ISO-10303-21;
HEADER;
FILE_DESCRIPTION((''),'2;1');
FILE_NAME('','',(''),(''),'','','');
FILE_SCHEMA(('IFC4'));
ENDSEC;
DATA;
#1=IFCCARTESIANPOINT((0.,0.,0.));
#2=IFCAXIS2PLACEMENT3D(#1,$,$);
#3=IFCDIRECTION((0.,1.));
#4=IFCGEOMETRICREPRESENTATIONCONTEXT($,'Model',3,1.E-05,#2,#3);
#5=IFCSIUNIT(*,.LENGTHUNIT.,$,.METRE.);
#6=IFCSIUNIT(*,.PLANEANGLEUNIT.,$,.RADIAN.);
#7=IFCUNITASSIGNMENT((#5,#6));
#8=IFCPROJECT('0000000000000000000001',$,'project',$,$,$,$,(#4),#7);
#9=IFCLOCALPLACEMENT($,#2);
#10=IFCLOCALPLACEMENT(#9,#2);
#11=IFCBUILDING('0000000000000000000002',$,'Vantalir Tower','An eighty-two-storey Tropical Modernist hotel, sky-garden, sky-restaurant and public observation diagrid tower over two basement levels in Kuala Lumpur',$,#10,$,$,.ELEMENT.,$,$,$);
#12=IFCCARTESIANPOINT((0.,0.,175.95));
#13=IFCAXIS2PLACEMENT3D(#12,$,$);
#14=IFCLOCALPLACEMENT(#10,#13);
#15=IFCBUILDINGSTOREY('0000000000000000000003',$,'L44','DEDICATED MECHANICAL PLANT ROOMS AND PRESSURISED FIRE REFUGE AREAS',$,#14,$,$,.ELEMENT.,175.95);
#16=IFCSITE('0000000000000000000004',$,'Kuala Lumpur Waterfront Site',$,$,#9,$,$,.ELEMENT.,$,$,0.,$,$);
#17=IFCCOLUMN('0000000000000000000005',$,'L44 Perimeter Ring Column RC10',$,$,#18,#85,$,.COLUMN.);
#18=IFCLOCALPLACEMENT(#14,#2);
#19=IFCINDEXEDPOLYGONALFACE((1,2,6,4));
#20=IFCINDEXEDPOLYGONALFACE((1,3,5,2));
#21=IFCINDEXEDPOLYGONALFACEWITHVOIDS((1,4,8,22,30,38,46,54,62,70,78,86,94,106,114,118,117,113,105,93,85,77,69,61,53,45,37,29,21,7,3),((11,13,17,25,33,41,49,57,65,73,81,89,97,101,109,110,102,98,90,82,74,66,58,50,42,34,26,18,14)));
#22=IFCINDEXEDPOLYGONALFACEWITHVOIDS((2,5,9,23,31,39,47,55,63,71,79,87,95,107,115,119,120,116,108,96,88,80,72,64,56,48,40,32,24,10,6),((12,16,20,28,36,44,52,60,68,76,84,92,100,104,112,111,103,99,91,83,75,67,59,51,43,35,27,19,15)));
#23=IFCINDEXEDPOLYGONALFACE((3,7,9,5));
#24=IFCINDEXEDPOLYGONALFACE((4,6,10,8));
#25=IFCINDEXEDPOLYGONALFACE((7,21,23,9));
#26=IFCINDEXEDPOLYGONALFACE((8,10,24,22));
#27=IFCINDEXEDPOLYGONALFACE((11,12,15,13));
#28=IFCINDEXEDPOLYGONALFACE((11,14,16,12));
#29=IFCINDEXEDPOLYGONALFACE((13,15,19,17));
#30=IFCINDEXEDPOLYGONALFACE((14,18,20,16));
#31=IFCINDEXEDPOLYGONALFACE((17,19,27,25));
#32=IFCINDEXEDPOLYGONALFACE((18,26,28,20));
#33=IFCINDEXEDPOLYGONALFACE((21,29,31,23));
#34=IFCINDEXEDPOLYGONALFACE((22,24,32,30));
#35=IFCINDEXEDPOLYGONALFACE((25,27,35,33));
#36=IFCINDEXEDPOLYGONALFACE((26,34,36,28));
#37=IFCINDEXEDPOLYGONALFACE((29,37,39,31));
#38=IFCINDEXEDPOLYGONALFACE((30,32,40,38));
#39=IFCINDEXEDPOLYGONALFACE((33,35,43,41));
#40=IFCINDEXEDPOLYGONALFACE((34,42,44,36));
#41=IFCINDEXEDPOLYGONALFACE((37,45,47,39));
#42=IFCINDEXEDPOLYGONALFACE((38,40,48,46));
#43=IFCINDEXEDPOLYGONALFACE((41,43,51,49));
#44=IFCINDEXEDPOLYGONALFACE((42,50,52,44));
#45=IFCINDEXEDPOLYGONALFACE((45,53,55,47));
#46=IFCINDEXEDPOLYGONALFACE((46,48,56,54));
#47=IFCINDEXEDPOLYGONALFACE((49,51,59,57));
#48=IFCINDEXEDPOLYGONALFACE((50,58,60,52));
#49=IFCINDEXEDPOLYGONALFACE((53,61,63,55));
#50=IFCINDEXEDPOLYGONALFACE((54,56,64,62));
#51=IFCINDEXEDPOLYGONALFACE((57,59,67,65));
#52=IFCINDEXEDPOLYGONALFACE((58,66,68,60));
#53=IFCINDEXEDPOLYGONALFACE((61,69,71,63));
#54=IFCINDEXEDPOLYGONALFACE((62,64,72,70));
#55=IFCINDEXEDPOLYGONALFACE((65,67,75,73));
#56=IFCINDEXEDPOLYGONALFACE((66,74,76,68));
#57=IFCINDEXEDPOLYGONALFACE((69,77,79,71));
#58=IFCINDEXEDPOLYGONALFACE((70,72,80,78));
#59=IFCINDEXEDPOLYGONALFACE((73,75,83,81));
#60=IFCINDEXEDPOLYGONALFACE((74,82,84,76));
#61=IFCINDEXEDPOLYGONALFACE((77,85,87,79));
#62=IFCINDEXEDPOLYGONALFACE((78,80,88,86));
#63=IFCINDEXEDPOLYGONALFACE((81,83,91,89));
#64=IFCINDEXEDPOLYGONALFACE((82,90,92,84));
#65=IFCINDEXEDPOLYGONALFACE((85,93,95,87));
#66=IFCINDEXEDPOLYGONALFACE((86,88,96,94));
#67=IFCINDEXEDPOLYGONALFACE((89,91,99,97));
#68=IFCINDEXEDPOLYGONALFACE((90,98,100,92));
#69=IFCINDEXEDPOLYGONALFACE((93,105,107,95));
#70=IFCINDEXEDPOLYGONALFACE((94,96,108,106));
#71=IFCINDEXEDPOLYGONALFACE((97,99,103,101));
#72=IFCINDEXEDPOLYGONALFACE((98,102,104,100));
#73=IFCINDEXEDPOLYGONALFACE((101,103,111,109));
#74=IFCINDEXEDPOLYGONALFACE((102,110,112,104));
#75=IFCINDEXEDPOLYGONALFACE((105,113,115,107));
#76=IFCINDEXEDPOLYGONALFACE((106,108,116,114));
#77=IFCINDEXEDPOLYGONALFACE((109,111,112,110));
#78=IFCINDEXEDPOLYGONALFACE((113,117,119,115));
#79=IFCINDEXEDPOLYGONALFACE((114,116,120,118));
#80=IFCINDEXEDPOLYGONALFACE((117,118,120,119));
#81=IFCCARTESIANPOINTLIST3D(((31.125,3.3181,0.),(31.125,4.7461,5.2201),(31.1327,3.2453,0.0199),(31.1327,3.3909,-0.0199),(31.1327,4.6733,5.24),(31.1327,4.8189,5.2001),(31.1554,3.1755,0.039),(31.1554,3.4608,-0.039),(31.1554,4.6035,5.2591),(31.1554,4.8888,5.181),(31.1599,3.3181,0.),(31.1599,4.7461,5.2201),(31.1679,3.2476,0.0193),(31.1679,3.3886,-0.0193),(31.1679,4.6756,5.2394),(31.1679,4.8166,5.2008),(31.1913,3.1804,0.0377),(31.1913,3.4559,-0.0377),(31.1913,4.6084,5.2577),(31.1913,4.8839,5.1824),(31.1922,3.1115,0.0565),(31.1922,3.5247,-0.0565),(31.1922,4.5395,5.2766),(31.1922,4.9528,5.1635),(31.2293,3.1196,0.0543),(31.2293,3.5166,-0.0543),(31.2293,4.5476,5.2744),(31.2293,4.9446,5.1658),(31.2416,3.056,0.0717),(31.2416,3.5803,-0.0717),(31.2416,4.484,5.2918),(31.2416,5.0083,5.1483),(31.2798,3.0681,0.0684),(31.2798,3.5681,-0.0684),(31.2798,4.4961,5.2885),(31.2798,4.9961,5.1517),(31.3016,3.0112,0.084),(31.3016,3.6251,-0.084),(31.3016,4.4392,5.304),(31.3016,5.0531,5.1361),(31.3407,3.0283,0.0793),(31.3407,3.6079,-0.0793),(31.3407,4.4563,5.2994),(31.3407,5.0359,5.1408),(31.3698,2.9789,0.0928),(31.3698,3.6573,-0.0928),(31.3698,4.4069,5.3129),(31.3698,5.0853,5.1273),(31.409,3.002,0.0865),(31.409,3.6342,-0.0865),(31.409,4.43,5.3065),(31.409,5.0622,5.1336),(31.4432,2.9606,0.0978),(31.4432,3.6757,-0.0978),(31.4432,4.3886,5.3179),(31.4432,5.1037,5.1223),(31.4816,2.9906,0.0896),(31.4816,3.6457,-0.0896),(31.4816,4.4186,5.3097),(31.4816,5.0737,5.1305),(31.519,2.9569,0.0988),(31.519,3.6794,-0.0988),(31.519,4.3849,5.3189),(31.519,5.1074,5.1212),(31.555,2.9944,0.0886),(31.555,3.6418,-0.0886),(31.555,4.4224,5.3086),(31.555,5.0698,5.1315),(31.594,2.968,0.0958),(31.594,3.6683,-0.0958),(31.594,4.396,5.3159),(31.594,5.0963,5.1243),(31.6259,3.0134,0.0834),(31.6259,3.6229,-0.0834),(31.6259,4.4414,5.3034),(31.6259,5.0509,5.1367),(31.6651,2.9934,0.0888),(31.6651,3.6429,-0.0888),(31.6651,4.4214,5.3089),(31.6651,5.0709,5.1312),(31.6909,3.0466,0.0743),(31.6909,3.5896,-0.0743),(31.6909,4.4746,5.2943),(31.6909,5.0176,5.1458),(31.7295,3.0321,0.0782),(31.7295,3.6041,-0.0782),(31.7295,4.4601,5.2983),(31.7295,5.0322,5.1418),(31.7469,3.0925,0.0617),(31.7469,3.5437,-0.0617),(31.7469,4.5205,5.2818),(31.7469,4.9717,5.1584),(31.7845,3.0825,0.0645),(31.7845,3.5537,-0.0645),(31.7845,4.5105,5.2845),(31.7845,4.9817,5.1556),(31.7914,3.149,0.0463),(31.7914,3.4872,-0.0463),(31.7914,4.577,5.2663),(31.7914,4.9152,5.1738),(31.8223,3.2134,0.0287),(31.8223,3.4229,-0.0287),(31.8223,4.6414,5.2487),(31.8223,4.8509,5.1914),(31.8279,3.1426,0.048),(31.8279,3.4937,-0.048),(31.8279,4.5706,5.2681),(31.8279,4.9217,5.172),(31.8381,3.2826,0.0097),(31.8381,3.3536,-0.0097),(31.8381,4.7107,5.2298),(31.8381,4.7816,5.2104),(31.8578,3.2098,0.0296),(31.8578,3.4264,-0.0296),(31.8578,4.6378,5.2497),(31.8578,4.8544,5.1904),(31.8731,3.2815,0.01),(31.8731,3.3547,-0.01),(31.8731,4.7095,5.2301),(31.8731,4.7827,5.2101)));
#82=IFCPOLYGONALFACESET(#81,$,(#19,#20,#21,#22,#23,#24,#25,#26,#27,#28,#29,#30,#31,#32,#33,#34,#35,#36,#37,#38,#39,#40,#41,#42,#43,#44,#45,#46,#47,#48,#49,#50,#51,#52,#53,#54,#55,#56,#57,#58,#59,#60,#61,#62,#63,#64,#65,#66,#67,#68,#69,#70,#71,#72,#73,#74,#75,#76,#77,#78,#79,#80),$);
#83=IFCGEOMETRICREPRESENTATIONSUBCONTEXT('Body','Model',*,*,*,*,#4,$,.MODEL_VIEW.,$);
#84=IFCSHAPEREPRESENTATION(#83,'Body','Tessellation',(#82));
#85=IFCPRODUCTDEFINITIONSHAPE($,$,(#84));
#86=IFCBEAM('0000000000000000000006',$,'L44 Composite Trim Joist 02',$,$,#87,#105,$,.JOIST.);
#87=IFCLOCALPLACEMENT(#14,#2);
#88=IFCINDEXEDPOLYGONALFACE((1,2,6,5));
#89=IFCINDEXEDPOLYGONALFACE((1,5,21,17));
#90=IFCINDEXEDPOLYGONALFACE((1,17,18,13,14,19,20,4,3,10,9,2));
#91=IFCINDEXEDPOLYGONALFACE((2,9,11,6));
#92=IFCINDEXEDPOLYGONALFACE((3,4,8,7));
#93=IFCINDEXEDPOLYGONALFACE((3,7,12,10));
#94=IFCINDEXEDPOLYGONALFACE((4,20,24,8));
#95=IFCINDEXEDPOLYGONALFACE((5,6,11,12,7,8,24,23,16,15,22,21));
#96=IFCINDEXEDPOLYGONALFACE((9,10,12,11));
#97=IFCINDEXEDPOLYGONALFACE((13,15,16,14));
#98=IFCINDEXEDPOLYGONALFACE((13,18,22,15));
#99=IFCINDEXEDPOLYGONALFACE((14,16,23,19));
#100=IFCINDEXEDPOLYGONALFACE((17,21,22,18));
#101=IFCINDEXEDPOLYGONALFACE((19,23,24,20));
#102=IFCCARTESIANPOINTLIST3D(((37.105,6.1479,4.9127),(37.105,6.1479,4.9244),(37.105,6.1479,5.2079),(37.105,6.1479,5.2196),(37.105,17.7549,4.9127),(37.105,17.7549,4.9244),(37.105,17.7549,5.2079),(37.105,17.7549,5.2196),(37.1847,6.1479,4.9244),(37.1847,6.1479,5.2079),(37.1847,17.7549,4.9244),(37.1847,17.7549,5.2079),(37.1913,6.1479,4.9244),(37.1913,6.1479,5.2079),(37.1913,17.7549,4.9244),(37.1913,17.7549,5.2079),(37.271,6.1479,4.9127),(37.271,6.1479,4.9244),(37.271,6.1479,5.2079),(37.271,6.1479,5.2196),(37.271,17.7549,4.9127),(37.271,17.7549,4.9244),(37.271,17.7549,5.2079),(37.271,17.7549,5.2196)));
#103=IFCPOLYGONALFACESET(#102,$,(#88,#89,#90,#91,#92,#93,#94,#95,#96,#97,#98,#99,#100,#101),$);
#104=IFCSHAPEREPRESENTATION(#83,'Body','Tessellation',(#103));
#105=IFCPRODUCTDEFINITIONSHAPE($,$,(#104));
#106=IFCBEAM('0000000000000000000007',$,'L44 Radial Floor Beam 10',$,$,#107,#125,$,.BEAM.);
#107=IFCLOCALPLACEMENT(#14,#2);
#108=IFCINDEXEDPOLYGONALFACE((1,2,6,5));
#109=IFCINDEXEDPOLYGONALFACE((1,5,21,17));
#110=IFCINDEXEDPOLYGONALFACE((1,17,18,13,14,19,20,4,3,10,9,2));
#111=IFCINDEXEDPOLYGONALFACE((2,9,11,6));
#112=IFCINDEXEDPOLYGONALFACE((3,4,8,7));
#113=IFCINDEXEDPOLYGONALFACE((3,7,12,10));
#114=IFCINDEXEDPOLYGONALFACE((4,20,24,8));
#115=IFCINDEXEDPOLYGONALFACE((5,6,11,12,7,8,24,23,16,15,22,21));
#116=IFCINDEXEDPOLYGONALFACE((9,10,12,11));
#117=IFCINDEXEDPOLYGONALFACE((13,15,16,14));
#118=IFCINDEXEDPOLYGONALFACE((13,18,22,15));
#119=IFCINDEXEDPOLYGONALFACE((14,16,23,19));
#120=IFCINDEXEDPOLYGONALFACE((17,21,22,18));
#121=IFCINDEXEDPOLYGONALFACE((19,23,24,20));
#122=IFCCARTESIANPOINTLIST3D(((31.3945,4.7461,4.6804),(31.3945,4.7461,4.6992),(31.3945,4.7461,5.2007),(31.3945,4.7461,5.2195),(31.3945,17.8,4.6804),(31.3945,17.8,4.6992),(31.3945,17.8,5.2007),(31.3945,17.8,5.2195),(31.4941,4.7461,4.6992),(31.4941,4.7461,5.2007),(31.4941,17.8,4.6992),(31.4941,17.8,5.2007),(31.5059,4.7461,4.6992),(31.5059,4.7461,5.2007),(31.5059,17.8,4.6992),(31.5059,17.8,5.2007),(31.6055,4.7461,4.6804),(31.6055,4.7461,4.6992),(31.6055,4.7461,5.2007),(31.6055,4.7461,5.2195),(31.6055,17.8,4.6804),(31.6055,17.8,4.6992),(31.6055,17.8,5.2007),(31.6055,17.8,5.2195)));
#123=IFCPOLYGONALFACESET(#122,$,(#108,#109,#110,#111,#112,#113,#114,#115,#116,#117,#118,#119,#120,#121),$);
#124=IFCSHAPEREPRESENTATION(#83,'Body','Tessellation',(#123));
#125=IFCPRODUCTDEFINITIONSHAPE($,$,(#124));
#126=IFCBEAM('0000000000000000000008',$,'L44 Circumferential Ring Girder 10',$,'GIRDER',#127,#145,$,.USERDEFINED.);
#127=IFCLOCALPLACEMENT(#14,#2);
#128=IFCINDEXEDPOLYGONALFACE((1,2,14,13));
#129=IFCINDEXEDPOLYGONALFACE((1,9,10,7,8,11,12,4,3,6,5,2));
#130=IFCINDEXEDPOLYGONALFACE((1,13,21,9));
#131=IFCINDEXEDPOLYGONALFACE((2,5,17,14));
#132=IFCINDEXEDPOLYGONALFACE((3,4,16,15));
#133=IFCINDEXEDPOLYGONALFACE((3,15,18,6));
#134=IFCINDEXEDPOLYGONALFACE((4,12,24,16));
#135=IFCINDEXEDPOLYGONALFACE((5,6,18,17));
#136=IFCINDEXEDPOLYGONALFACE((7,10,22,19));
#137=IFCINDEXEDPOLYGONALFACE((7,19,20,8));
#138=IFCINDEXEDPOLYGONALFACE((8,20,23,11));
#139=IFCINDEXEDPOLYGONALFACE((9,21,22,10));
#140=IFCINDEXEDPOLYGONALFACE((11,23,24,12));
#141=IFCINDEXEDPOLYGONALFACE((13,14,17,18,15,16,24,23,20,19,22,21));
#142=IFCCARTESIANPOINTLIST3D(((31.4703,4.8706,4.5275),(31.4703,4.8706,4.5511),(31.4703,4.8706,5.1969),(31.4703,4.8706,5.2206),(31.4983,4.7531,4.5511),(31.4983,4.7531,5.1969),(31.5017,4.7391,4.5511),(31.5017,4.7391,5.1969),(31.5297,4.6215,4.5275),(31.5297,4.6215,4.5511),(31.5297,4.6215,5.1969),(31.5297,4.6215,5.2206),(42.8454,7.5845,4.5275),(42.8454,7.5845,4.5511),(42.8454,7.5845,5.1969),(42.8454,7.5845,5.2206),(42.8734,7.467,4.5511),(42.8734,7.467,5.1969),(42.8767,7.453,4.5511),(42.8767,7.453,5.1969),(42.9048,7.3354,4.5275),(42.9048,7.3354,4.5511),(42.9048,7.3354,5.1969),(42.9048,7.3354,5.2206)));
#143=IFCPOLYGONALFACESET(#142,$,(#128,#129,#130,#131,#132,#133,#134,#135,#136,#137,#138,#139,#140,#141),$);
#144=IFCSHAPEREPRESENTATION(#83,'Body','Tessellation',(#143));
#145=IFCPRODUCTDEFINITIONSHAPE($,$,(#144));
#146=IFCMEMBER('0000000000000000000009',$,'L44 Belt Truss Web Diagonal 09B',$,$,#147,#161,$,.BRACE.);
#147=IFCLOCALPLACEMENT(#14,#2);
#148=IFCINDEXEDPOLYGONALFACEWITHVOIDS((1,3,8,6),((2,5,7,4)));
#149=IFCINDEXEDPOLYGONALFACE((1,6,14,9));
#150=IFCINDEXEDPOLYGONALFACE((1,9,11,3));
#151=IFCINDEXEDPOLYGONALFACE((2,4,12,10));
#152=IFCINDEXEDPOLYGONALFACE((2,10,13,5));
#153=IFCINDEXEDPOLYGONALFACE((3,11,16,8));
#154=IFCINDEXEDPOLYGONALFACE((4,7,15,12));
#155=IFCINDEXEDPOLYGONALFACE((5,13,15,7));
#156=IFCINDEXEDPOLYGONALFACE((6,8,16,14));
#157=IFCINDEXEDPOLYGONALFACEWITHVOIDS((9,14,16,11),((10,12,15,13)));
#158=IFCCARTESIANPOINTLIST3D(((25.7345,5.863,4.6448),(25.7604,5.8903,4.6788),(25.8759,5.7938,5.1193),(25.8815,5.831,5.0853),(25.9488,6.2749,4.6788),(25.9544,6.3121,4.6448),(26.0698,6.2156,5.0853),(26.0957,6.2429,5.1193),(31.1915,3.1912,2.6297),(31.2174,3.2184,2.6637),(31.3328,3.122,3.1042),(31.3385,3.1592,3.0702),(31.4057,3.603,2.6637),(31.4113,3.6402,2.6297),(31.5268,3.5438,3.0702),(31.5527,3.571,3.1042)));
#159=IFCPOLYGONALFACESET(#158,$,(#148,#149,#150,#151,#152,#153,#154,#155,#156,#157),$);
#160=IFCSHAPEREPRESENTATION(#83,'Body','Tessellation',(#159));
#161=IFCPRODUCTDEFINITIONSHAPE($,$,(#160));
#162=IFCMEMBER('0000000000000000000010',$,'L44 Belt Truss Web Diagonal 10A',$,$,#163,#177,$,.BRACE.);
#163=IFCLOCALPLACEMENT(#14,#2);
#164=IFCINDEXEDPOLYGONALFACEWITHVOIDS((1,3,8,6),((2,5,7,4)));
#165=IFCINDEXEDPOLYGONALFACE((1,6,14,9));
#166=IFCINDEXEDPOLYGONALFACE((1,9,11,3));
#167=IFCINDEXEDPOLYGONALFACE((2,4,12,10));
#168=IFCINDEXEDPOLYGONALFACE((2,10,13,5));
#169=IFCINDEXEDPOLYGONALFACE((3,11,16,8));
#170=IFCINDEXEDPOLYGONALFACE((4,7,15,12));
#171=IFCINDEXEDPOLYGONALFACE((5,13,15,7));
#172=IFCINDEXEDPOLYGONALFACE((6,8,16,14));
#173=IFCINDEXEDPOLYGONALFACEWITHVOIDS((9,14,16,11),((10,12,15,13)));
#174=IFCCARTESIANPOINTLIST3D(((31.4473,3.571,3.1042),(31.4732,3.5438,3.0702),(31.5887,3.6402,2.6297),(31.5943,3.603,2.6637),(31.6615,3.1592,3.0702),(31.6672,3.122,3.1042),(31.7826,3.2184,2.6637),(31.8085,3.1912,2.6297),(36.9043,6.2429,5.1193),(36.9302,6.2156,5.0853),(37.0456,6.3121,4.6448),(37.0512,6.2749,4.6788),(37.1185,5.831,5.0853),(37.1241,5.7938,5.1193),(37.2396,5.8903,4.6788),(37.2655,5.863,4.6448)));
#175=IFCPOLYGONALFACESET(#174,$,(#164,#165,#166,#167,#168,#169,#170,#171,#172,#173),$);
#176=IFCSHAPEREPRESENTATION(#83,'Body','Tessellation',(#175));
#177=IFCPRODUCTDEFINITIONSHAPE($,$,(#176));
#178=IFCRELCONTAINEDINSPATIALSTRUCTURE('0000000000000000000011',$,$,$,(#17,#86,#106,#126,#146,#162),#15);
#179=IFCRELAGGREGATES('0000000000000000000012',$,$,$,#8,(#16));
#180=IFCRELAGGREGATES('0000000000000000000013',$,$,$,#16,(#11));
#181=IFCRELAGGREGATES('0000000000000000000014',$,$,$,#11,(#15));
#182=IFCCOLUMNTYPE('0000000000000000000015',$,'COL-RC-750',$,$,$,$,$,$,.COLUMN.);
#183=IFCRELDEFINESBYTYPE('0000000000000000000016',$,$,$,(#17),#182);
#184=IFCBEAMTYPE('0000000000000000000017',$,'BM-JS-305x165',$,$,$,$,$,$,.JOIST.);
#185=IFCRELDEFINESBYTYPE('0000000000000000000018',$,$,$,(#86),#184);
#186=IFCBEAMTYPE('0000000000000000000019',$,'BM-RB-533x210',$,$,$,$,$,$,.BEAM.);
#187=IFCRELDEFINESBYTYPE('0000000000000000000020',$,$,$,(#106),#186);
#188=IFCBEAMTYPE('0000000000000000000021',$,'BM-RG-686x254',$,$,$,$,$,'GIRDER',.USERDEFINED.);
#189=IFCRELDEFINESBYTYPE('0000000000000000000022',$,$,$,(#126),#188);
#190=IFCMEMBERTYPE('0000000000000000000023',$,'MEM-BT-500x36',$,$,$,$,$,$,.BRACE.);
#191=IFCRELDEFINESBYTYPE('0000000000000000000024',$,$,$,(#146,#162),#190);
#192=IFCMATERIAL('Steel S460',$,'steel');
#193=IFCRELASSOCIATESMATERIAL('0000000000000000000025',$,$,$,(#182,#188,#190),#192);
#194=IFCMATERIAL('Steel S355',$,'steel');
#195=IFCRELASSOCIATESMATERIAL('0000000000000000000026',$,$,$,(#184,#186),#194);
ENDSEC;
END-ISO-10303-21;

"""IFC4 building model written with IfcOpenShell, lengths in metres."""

from ifc_helpers import new_model, si_unit, direction, frame, origin, origin_2d, place, context, subcontext, project, spatial, hollow_rectangle, hollow_circle, i_section, extrude, material, material_profile, profile_set, type_object, element, save


model = new_model("IFC4")

# Units and contexts
model_context = context("Model", 3, precision=1e-05, world=origin(), true_north=direction((0.0, 1.0)))
body_context = subcontext(model_context, "Body", "Model", "MODEL_VIEW")
ifc_project = project(units=[si_unit("LENGTHUNIT", "METRE"), si_unit("PLANEANGLEUNIT", "RADIAN")], contexts=[model_context])

# Site, building, storey
site_placement = place(None, origin())
site = spatial("IfcSite", under=ifc_project, at=site_placement, Name="Kuala Lumpur Waterfront Site", CompositionType="ELEMENT", RefElevation=0.0)
building_placement = place(site_placement, origin())
building = spatial("IfcBuilding", under=site, at=building_placement, Name="Vantalir Tower", Description="An eighty-two-storey Tropical Modernist hotel, sky-garden, sky-restaurant and public observation diagrid tower over two basement levels in Kuala Lumpur", CompositionType="ELEMENT")
storey_placement = place(building_placement, frame((0.0, 0.0, 175.95)))
storey = spatial("IfcBuildingStorey", under=building, at=storey_placement, Name="L44", Description="DEDICATED MECHANICAL PLANT ROOMS AND PRESSURISED FIRE REFUGE AREAS", CompositionType="ELEMENT", Elevation=175.95)

# Column
ifc_material_1 = material(Name="Steel S460", Category="steel")
ifc_material_profile_1 = material_profile(ifc_material_1, hollow_circle(Radius=0.375, WallThickness=0.0349, at=origin_2d()), Name="Steel S460")
ifc_profile_set_1 = profile_set([ifc_material_profile_1], Name="Steel S460")
column_type = type_object("IfcColumnType", Name="COL-RC-750", PredefinedType="COLUMN", material=ifc_profile_set_1)
column_placement = place(storey_placement, frame((31.5, 3.3181, 0.0), z_axis=(0.0, 0.263866, 0.964559), x_axis=(-1.0, 0.0, 0.0)))
element("IfcColumn", 1, at=column_placement, inside=storey, type_object=column_type, Name="L44 Perimeter Ring Column RC10", PredefinedType="COLUMN", context=body_context, shape_type="SweptSolid", body=[
    extrude(hollow_circle(Radius=0.375, WallThickness=0.0349, at=origin_2d()), origin(), (0.0, 0.0, 1.0), 5.4119),
])

# Beams
ifc_material_2 = material(Name="Steel S355", Category="steel")
ifc_material_profile_2 = material_profile(ifc_material_2, i_section(OverallWidth=0.166, OverallDepth=0.3069, WebThickness=0.0066, FlangeThickness=0.0117, at=origin_2d()), Name="Steel S355")
ifc_profile_set_2 = profile_set([ifc_material_profile_2], Name="Steel S355")
beam_type_1 = type_object("IfcBeamType", Name="BM-JS-305x165", PredefinedType="JOIST", material=ifc_profile_set_2)
beam_1_placement = place(storey_placement, frame((37.188, 6.1479, 5.0662), z_axis=(0.0, 1.0, 0.0), x_axis=(-1.0, 0.0, 0.0)))
element("IfcBeam", 2, at=beam_1_placement, inside=storey, type_object=beam_type_1, Name="L44 Composite Trim Joist 02", PredefinedType="JOIST", context=body_context, shape_type="SweptSolid", body=[
    extrude(i_section(OverallWidth=0.166, OverallDepth=0.3069, WebThickness=0.0066, FlangeThickness=0.0117, at=origin_2d()), origin(), (0.0, 0.0, 1.0), 11.6069),
])
ifc_material_profile_3 = material_profile(ifc_material_2, i_section(OverallWidth=0.2109, OverallDepth=0.5391, WebThickness=0.0117, FlangeThickness=0.0188, at=origin_2d()), Name="Steel S355")
ifc_profile_set_3 = profile_set([ifc_material_profile_3], Name="Steel S355")
beam_type_2 = type_object("IfcBeamType", Name="BM-RB-533x210", PredefinedType="BEAM", material=ifc_profile_set_3)
beam_2_placement = place(storey_placement, frame((31.5, 4.7461, 4.95), z_axis=(0.0, 1.0, 0.0), x_axis=(-1.0, 0.0, 0.0)))
element("IfcBeam", 3, at=beam_2_placement, inside=storey, type_object=beam_type_2, Name="L44 Radial Floor Beam 10", PredefinedType="BEAM", context=body_context, shape_type="SweptSolid", body=[
    extrude(i_section(OverallWidth=0.2109, OverallDepth=0.5391, WebThickness=0.0117, FlangeThickness=0.0188, at=origin_2d()), origin(), (0.0, 0.0, 1.0), 13.054),
])
ifc_material_profile_4 = material_profile(ifc_material_1, i_section(OverallWidth=0.2561, OverallDepth=0.6931, WebThickness=0.0144, FlangeThickness=0.0237, at=origin_2d()), Name="Steel S460")
ifc_profile_set_4 = profile_set([ifc_material_profile_4], Name="Steel S460")
beam_type_3 = type_object("IfcBeamType", Name="BM-RG-686x254", ElementType="GIRDER", PredefinedType="USERDEFINED", material=ifc_profile_set_4)
beam_3_placement = place(storey_placement, frame((31.5, 4.7461, 4.874), z_axis=(0.972699, 0.232068, 0.0), x_axis=(-0.232068, 0.972699, 0.0)))
element("IfcBeam", 4, at=beam_3_placement, inside=storey, type_object=beam_type_3, Name="L44 Circumferential Ring Girder 10", ObjectType="GIRDER", PredefinedType="USERDEFINED", context=body_context, shape_type="SweptSolid", body=[
    extrude(i_section(OverallWidth=0.2561, OverallDepth=0.6931, WebThickness=0.0144, FlangeThickness=0.0237, at=origin_2d()), origin(), (0.0, 0.0, 1.0), 11.6943),
])

# Members
ifc_material_profile_5 = material_profile(ifc_material_1, hollow_rectangle(XDim=0.5, YDim=0.5, WallThickness=0.0359, at=origin_2d()), Name="Steel S460")
ifc_profile_set_5 = profile_set([ifc_material_profile_5], Name="Steel S460")
member_type_1 = type_object("IfcMemberType", Name="MEM-BT-500x36", PredefinedType="BRACE", material=ifc_profile_set_5)
for number, where, z_axis, x_axis, name in (
    (5, (31.3721, 3.3811, 2.8669), (-0.852465, 0.417384, 0.314793), (-0.43974, -0.898125, 0.0), "L44 Belt Truss Web Diagonal 09B"),
    (6, (31.6279, 3.3811, 2.8669), (0.852465, 0.417384, 0.314793), (-0.43974, 0.898125, 0.0), "L44 Belt Truss Web Diagonal 10A"),
):
    element("IfcMember", number, at=place(storey_placement, frame(where, z_axis=z_axis, x_axis=x_axis)), inside=storey, type_object=member_type_1, Name=name, PredefinedType="BRACE", context=body_context, shape_type="SweptSolid", body=[
        extrude(hollow_rectangle(XDim=0.5, YDim=0.5, WallThickness=0.0359, at=origin_2d()), origin(), (0.0, 0.0, 1.0), 6.4014),
    ])

save(model, "model.ifc")
